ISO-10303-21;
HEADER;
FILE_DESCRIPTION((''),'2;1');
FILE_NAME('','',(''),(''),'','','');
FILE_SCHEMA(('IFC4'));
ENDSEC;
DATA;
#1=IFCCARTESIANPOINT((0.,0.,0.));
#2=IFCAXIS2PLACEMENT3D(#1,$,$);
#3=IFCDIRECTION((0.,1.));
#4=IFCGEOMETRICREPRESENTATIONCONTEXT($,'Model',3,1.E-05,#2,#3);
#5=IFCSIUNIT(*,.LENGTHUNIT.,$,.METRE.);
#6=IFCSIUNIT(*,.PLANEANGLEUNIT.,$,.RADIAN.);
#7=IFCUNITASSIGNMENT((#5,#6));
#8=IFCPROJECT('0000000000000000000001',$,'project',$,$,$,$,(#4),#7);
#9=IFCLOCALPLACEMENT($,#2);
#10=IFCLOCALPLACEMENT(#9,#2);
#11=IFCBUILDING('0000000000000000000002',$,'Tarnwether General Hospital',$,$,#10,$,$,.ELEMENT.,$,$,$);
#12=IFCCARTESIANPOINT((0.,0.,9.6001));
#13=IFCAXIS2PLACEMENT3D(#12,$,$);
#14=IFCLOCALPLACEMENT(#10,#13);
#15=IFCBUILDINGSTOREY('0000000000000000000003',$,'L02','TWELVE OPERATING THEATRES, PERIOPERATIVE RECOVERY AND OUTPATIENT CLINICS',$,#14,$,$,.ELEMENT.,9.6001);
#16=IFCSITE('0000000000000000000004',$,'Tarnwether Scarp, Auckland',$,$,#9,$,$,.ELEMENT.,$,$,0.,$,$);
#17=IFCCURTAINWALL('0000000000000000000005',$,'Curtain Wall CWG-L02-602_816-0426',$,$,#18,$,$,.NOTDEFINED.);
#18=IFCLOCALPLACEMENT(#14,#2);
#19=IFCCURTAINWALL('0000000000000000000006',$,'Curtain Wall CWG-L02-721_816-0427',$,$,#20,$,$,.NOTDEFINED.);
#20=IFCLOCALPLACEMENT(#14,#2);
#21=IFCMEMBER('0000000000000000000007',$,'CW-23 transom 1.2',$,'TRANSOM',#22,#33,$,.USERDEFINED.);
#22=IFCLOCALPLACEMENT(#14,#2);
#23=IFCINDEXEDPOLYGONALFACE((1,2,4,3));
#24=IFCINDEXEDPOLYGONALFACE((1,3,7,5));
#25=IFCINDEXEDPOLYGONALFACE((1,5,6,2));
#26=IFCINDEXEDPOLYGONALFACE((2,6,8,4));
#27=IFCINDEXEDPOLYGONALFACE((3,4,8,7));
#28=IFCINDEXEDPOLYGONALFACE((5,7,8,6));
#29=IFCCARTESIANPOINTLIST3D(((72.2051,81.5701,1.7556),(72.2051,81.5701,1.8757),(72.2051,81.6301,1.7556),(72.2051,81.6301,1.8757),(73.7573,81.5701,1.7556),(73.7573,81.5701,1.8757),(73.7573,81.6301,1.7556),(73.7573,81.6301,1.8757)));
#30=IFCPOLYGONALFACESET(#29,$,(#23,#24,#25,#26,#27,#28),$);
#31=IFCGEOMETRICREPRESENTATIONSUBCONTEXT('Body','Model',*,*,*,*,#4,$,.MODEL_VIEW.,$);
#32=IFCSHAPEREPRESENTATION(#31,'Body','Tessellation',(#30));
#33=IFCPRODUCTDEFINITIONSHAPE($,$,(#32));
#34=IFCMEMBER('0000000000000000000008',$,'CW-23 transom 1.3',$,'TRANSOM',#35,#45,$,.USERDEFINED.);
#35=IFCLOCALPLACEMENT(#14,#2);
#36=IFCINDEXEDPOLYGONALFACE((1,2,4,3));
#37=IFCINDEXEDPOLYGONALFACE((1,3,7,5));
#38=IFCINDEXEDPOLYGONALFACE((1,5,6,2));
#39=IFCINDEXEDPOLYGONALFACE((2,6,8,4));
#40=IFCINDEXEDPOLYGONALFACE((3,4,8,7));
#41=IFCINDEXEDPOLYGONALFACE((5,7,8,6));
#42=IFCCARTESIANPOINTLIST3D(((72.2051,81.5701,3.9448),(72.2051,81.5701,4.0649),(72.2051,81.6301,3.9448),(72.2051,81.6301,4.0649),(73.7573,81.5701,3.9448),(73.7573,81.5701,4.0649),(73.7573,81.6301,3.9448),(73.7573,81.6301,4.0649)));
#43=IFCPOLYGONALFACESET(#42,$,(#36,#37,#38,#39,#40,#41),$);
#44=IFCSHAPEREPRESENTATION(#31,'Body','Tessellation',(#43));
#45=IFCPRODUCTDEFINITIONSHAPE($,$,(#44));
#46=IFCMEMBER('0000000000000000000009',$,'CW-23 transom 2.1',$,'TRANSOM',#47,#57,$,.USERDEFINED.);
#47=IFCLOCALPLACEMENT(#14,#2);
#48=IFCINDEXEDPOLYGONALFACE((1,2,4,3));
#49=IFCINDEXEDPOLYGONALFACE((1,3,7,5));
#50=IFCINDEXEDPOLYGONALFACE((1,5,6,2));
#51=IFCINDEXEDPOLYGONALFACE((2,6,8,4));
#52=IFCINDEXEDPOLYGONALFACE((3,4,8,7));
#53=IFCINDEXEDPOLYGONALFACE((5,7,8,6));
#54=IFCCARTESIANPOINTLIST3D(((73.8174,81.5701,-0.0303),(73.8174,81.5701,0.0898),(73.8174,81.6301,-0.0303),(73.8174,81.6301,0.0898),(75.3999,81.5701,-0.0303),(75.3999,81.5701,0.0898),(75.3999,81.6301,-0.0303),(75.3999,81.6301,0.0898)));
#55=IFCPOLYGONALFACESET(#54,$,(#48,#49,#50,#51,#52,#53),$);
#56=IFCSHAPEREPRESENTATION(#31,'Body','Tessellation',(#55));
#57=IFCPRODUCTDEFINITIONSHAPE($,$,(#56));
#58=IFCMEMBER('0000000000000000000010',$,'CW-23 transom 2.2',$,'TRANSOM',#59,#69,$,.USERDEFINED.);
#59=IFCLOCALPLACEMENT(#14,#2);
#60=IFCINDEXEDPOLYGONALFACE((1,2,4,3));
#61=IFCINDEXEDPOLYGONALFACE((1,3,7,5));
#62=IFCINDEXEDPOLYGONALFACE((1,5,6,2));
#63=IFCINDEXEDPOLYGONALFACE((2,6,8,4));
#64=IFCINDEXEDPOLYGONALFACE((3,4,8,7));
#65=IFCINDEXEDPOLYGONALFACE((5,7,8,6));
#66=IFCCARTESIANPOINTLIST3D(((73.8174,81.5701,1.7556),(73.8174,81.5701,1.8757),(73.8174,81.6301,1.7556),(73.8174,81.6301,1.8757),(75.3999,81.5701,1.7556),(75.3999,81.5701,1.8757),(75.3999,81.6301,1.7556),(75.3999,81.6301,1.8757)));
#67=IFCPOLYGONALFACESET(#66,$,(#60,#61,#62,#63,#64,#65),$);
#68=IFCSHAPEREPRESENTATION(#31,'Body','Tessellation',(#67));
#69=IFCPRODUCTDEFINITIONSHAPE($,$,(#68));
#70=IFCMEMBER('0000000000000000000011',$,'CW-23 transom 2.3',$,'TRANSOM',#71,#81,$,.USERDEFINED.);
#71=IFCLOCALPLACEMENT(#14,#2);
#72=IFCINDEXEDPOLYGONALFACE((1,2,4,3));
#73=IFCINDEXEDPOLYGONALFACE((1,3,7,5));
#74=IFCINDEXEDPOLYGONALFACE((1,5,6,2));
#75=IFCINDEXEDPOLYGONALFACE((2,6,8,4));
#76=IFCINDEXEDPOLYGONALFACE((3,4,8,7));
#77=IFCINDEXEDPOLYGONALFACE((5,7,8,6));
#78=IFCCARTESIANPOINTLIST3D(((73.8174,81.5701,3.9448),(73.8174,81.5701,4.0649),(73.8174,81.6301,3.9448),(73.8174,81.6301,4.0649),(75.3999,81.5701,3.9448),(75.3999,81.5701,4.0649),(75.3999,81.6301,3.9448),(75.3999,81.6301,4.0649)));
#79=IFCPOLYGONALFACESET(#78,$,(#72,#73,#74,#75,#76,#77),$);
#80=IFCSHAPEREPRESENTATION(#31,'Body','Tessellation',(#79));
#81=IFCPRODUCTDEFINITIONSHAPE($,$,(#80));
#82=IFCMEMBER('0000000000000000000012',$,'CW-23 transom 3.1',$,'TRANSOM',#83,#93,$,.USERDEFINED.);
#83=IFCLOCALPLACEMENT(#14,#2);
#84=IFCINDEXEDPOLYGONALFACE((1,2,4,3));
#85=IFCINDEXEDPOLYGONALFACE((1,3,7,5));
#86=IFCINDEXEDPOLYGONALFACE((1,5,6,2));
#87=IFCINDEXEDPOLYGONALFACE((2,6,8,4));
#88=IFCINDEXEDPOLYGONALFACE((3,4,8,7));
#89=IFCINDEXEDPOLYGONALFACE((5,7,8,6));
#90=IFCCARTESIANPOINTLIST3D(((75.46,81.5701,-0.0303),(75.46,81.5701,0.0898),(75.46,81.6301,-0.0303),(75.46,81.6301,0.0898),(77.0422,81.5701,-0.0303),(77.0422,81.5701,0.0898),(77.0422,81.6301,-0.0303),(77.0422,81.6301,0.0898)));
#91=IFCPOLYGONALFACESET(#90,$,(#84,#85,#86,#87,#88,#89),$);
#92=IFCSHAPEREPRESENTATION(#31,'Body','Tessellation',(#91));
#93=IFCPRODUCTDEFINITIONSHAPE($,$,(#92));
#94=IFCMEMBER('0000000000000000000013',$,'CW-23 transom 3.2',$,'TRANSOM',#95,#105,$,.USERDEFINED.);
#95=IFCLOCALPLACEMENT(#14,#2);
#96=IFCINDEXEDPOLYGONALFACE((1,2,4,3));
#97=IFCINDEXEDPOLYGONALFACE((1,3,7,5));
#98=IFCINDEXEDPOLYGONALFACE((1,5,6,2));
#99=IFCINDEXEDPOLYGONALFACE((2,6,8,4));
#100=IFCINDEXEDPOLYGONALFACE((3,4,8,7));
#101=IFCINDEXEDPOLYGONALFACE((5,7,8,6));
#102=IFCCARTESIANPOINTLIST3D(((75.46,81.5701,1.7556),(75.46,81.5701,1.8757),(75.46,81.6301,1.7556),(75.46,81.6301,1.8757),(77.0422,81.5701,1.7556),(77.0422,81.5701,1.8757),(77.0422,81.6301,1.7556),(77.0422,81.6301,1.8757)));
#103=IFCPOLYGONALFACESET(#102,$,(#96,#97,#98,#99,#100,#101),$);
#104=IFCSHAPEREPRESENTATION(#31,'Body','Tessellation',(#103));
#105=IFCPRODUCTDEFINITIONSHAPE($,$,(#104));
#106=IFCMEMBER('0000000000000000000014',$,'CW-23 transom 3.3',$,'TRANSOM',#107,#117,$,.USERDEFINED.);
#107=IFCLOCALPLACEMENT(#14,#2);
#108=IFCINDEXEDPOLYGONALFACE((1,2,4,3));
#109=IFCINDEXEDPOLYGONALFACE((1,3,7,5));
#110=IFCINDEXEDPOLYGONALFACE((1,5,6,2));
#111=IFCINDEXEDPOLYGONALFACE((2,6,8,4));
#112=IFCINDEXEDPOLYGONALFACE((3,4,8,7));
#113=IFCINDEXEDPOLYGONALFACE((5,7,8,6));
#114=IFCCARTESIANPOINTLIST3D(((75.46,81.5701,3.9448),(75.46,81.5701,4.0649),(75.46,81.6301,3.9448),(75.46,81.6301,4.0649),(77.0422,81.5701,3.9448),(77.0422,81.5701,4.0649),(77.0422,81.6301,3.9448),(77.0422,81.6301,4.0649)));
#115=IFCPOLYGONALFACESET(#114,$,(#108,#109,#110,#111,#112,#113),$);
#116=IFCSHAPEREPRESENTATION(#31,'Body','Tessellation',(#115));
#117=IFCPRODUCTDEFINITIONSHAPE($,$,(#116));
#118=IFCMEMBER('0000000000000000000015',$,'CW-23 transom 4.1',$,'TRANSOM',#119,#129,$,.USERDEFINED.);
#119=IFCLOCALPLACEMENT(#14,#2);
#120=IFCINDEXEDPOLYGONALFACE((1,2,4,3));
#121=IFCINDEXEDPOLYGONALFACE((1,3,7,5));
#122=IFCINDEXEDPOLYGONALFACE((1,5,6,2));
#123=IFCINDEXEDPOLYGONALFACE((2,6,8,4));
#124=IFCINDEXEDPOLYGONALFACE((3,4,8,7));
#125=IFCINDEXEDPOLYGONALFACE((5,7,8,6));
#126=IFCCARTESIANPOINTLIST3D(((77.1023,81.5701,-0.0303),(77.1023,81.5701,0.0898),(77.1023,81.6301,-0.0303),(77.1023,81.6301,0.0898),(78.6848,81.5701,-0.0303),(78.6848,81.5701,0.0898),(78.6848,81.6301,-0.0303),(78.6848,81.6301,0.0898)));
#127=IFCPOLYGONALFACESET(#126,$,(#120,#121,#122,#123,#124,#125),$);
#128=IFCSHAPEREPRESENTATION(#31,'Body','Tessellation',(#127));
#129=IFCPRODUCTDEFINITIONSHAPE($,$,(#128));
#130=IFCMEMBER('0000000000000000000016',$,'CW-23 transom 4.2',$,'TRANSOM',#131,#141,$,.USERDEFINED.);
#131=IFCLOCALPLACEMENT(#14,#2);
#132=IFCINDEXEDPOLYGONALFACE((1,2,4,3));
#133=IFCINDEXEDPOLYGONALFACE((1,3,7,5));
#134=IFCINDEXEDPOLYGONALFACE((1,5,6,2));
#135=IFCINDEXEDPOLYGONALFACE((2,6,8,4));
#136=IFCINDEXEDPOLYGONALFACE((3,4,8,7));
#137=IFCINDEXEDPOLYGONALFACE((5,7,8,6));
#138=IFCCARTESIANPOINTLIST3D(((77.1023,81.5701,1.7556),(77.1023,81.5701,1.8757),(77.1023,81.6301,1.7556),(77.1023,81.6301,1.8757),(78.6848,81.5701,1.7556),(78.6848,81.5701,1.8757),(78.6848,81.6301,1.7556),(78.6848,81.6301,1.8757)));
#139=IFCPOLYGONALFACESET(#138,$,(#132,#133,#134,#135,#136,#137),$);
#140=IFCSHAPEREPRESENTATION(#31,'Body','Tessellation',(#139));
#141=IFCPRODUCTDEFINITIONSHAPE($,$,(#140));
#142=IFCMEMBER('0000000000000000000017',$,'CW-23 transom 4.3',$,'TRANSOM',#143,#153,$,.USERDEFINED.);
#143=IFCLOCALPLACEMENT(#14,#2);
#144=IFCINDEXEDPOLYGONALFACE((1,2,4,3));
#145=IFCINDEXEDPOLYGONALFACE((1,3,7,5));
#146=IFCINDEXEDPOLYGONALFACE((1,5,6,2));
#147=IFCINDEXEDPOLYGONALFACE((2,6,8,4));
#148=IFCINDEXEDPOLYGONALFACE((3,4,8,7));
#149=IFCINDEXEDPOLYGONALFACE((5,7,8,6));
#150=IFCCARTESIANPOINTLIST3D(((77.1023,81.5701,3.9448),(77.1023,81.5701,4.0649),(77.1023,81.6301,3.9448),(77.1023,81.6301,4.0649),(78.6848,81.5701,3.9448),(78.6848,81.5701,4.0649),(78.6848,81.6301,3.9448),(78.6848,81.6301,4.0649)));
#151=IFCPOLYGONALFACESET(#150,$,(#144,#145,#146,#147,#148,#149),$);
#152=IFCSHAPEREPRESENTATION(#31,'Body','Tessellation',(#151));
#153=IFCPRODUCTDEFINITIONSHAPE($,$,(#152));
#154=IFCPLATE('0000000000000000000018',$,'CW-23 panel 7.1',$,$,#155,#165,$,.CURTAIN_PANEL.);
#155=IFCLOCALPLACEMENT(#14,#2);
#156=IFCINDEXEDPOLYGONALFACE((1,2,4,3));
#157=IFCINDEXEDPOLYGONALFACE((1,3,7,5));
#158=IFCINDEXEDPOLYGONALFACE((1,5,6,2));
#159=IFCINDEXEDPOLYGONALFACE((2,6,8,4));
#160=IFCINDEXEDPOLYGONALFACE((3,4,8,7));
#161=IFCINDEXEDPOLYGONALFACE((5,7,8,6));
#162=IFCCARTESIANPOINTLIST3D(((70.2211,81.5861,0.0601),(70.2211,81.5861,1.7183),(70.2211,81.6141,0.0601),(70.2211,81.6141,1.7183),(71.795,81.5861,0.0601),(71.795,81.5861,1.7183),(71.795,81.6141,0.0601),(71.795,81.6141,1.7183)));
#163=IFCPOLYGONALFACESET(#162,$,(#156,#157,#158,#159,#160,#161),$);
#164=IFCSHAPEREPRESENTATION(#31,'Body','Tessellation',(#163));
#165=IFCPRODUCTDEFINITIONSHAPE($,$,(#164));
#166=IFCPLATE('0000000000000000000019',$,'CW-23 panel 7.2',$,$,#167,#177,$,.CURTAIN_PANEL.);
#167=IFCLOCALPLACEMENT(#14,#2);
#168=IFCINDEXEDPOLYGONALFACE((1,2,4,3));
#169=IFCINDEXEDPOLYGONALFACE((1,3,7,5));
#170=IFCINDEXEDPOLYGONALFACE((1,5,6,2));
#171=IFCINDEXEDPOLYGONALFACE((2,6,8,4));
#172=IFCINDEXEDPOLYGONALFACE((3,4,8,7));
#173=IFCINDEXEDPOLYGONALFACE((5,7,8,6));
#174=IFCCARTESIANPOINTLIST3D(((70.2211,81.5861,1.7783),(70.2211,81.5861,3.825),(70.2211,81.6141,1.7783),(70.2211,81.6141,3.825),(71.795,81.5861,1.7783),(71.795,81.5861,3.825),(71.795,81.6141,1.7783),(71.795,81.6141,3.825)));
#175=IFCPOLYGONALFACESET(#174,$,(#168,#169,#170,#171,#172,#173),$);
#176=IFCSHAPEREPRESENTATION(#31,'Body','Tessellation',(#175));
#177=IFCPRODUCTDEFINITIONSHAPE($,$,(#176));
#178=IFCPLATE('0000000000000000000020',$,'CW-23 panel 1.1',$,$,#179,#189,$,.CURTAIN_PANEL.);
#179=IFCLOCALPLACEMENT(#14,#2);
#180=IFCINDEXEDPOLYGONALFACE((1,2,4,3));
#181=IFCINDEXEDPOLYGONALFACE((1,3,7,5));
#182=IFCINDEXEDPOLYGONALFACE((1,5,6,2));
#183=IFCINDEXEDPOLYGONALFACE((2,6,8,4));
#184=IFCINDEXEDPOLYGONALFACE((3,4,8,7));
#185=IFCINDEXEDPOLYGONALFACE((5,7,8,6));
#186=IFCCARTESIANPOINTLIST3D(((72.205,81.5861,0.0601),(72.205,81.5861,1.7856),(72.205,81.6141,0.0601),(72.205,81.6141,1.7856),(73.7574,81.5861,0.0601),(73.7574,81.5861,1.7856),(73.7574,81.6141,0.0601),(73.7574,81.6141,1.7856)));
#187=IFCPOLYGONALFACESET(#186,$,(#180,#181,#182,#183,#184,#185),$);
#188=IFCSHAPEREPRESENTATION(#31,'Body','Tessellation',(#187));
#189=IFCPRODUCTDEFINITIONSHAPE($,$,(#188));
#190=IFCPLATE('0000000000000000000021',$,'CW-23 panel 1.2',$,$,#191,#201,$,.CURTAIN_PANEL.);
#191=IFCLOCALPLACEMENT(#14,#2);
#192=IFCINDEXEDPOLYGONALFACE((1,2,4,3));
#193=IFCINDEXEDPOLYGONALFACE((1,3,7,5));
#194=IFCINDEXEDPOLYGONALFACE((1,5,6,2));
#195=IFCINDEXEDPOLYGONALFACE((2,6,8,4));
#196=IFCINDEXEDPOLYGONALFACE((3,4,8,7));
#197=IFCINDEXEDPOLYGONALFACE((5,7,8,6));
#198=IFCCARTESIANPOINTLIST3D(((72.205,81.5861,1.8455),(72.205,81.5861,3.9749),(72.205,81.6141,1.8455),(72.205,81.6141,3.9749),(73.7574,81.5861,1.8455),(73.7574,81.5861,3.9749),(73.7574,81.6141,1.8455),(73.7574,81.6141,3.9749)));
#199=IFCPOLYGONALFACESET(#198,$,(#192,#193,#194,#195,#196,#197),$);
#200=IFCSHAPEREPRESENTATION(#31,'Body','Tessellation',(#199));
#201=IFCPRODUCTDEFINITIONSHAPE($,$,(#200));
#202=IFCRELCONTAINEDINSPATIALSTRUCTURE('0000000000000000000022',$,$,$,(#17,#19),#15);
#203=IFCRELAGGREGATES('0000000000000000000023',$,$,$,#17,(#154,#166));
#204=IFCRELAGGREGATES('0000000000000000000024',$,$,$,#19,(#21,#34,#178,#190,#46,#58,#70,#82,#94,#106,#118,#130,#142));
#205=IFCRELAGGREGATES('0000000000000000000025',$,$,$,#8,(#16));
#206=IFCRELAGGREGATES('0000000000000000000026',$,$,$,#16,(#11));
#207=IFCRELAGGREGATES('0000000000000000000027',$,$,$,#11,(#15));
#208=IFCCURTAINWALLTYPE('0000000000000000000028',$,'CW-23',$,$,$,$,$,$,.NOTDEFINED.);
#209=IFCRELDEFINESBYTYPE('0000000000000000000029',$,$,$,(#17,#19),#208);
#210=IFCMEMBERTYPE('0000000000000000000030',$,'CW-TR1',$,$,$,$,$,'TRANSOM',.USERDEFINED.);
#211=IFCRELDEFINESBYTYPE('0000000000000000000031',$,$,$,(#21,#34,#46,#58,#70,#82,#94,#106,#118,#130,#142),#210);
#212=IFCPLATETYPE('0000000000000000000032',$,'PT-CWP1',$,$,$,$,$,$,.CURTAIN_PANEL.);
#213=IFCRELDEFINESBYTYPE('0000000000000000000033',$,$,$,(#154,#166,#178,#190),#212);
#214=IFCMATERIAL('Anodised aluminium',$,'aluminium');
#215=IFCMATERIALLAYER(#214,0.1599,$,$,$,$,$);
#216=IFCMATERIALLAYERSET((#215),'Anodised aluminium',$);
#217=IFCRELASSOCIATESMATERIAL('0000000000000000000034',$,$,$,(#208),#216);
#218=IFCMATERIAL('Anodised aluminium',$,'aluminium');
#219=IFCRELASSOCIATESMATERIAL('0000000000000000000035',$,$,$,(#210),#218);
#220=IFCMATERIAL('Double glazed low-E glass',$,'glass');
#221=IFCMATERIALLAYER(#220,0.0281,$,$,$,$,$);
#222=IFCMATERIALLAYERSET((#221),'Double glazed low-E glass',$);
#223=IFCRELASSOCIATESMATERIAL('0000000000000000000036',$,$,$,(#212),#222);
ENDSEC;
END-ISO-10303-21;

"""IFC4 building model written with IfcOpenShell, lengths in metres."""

from ifc_helpers import new_model, si_unit, direction, frame, origin, origin_2d, place, context, subcontext, project, spatial, rectangle, extrude, material, layer, layer_set, material_profile, profile_set, type_object, element, aggregate, save


model = new_model("IFC4")

# Units and contexts
model_context = context("Model", 3, precision=1e-05, world=origin(), true_north=direction((0.0, 1.0)))
body_context = subcontext(model_context, "Body", "Model", "MODEL_VIEW")
ifc_project = project(units=[si_unit("LENGTHUNIT", "METRE"), si_unit("PLANEANGLEUNIT", "RADIAN")], contexts=[model_context])

# Site, building, storey
site_placement = place(None, origin())
site = spatial("IfcSite", under=ifc_project, at=site_placement, Name="Tarnwether Scarp, Auckland", CompositionType="ELEMENT", RefElevation=0.0)
building_placement = place(site_placement, origin())
building = spatial("IfcBuilding", under=site, at=building_placement, Name="Tarnwether General Hospital", CompositionType="ELEMENT")
storey_placement = place(building_placement, frame((0.0, 0.0, 9.6001)))
storey = spatial("IfcBuildingStorey", under=building, at=storey_placement, Name="L02", Description="TWELVE OPERATING THEATRES, PERIOPERATIVE RECOVERY AND OUTPATIENT CLINICS", CompositionType="ELEMENT", Elevation=9.6001)

# Curtain wall
ifc_material_1 = material(Name="Anodised aluminium", Category="aluminium")
ifc_layer_1 = layer(ifc_material_1, 0.1599)
ifc_layer_set_1 = layer_set([ifc_layer_1], Name="Anodised aluminium")
curtain_wall_type = type_object("IfcCurtainWallType", Name="CW-23", PredefinedType="NOTDEFINED", material=ifc_layer_set_1)
curtain_wall_1_placement = place(storey_placement, origin())
curtain_wall_1 = element("IfcCurtainWall", 1, at=curtain_wall_1_placement, inside=storey, type_object=curtain_wall_type, Name="Curtain Wall CWG-L02-602_816-0426", PredefinedType="NOTDEFINED")

# Curtain wall, members
curtain_wall_2_placement = place(storey_placement, origin())
curtain_wall_2 = element("IfcCurtainWall", 2, at=curtain_wall_2_placement, inside=storey, type_object=curtain_wall_type, Name="Curtain Wall CWG-L02-721_816-0427", PredefinedType="NOTDEFINED")
ifc_material_2 = material(Name="Anodised aluminium", Category="aluminium")
ifc_material_profile_1 = material_profile(ifc_material_2, rectangle(XDim=0.0601, YDim=0.1201, at=origin_2d()), Name="ALU-TRN-60x120")
ifc_profile_set_1 = profile_set([ifc_material_profile_1], Name="Anodised aluminium")
member_type_1 = type_object("IfcMemberType", Name="CW-TR1", ElementType="TRANSOM", PredefinedType="USERDEFINED", material=ifc_profile_set_1)
member_1_placement = place(storey_placement, frame((72.2051, 81.6001, 1.8157), z_axis=(1.0, 0.0, 0.0), x_axis=(0.0, 1.0, 0.0)))
member_1 = element("IfcMember", 3, at=member_1_placement, type_object=member_type_1, Name="CW-23 transom 1.2", ObjectType="TRANSOM", PredefinedType="USERDEFINED", context=body_context, shape_type="SweptSolid", body=[
    extrude(rectangle(XDim=0.0601, YDim=0.1201, at=origin_2d()), origin(), (0.0, 0.0, 1.0), 1.5522),
])
member_2_placement = place(storey_placement, frame((72.2051, 81.6001, 4.0049), z_axis=(1.0, 0.0, 0.0), x_axis=(0.0, 1.0, 0.0)))
member_2 = element("IfcMember", 4, at=member_2_placement, type_object=member_type_1, Name="CW-23 transom 1.3", ObjectType="TRANSOM", PredefinedType="USERDEFINED", context=body_context, shape_type="SweptSolid", body=[
    extrude(rectangle(XDim=0.0601, YDim=0.1201, at=origin_2d()), origin(), (0.0, 0.0, 1.0), 1.5522),
])
member_3_placement = place(storey_placement, frame((73.8174, 81.6001, 0.0298), z_axis=(1.0, 0.0, 0.0), x_axis=(0.0, 1.0, 0.0)))
member_3 = element("IfcMember", 5, at=member_3_placement, type_object=member_type_1, Name="CW-23 transom 2.1", ObjectType="TRANSOM", PredefinedType="USERDEFINED", context=body_context, shape_type="SweptSolid", body=[
    extrude(rectangle(XDim=0.0601, YDim=0.1201, at=origin_2d()), origin(), (0.0, 0.0, 1.0), 1.5825),
])
member_4_placement = place(storey_placement, frame((73.8174, 81.6001, 1.8157), z_axis=(1.0, 0.0, 0.0), x_axis=(0.0, 1.0, 0.0)))
member_4 = element("IfcMember", 6, at=member_4_placement, type_object=member_type_1, Name="CW-23 transom 2.2", ObjectType="TRANSOM", PredefinedType="USERDEFINED", context=body_context, shape_type="SweptSolid", body=[
    extrude(rectangle(XDim=0.0601, YDim=0.1201, at=origin_2d()), origin(), (0.0, 0.0, 1.0), 1.5825),
])
member_5_placement = place(storey_placement, frame((73.8174, 81.6001, 4.0049), z_axis=(1.0, 0.0, 0.0), x_axis=(0.0, 1.0, 0.0)))
member_5 = element("IfcMember", 7, at=member_5_placement, type_object=member_type_1, Name="CW-23 transom 2.3", ObjectType="TRANSOM", PredefinedType="USERDEFINED", context=body_context, shape_type="SweptSolid", body=[
    extrude(rectangle(XDim=0.0601, YDim=0.1201, at=origin_2d()), origin(), (0.0, 0.0, 1.0), 1.5825),
])
member_6_placement = place(storey_placement, frame((75.46, 81.6001, 0.0298), z_axis=(1.0, 0.0, 0.0), x_axis=(0.0, 1.0, 0.0)))
member_6 = element("IfcMember", 8, at=member_6_placement, type_object=member_type_1, Name="CW-23 transom 3.1", ObjectType="TRANSOM", PredefinedType="USERDEFINED", context=body_context, shape_type="SweptSolid", body=[
    extrude(rectangle(XDim=0.0601, YDim=0.1201, at=origin_2d()), origin(), (0.0, 0.0, 1.0), 1.5823),
])
member_7_placement = place(storey_placement, frame((75.46, 81.6001, 1.8157), z_axis=(1.0, 0.0, 0.0), x_axis=(0.0, 1.0, 0.0)))
member_7 = element("IfcMember", 9, at=member_7_placement, type_object=member_type_1, Name="CW-23 transom 3.2", ObjectType="TRANSOM", PredefinedType="USERDEFINED", context=body_context, shape_type="SweptSolid", body=[
    extrude(rectangle(XDim=0.0601, YDim=0.1201, at=origin_2d()), origin(), (0.0, 0.0, 1.0), 1.5823),
])
member_8_placement = place(storey_placement, frame((75.46, 81.6001, 4.0049), z_axis=(1.0, 0.0, 0.0), x_axis=(0.0, 1.0, 0.0)))
member_8 = element("IfcMember", 10, at=member_8_placement, type_object=member_type_1, Name="CW-23 transom 3.3", ObjectType="TRANSOM", PredefinedType="USERDEFINED", context=body_context, shape_type="SweptSolid", body=[
    extrude(rectangle(XDim=0.0601, YDim=0.1201, at=origin_2d()), origin(), (0.0, 0.0, 1.0), 1.5823),
])
member_9_placement = place(storey_placement, frame((77.1023, 81.6001, 0.0298), z_axis=(1.0, 0.0, 0.0), x_axis=(0.0, 1.0, 0.0)))
member_9 = element("IfcMember", 11, at=member_9_placement, type_object=member_type_1, Name="CW-23 transom 4.1", ObjectType="TRANSOM", PredefinedType="USERDEFINED", context=body_context, shape_type="SweptSolid", body=[
    extrude(rectangle(XDim=0.0601, YDim=0.1201, at=origin_2d()), origin(), (0.0, 0.0, 1.0), 1.5825),
])
member_10_placement = place(storey_placement, frame((77.1023, 81.6001, 1.8157), z_axis=(1.0, 0.0, 0.0), x_axis=(0.0, 1.0, 0.0)))
member_10 = element("IfcMember", 12, at=member_10_placement, type_object=member_type_1, Name="CW-23 transom 4.2", ObjectType="TRANSOM", PredefinedType="USERDEFINED", context=body_context, shape_type="SweptSolid", body=[
    extrude(rectangle(XDim=0.0601, YDim=0.1201, at=origin_2d()), origin(), (0.0, 0.0, 1.0), 1.5825),
])
member_11_placement = place(storey_placement, frame((77.1023, 81.6001, 4.0049), z_axis=(1.0, 0.0, 0.0), x_axis=(0.0, 1.0, 0.0)))
member_11 = element("IfcMember", 13, at=member_11_placement, type_object=member_type_1, Name="CW-23 transom 4.3", ObjectType="TRANSOM", PredefinedType="USERDEFINED", context=body_context, shape_type="SweptSolid", body=[
    extrude(rectangle(XDim=0.0601, YDim=0.1201, at=origin_2d()), origin(), (0.0, 0.0, 1.0), 1.5825),
])

# Plates
ifc_material_3 = material(Name="Double glazed low-E glass", Category="glass")
ifc_layer_2 = layer(ifc_material_3, 0.0281)
ifc_layer_set_2 = layer_set([ifc_layer_2], Name="Double glazed low-E glass")
plate_type_1 = type_object("IfcPlateType", Name="PT-CWP1", PredefinedType="CURTAIN_PANEL", material=ifc_layer_set_2)
plate_1_placement = place(storey_placement, frame((71.0081, 81.6001, 0.0601), z_axis=(0.0, 0.0, 1.0), x_axis=(1.0, 0.0, 0.0)))
plate_1 = element("IfcPlate", 14, at=plate_1_placement, type_object=plate_type_1, Name="CW-23 panel 7.1", PredefinedType="CURTAIN_PANEL", context=body_context, shape_type="SweptSolid", body=[
    extrude(rectangle(XDim=1.574, YDim=0.0281, at=origin_2d()), origin(), (0.0, 0.0, 1.0), 1.6582),
])
plate_2_placement = place(storey_placement, frame((71.0081, 81.6001, 1.7783), z_axis=(0.0, 0.0, 1.0), x_axis=(1.0, 0.0, 0.0)))
plate_2 = element("IfcPlate", 15, at=plate_2_placement, type_object=plate_type_1, Name="CW-23 panel 7.2", PredefinedType="CURTAIN_PANEL", context=body_context, shape_type="SweptSolid", body=[
    extrude(rectangle(XDim=1.574, YDim=0.0281, at=origin_2d()), origin(), (0.0, 0.0, 1.0), 2.0466),
])
aggregate(curtain_wall_1, [plate_1, plate_2])
plate_3_placement = place(storey_placement, frame((72.9812, 81.6001, 0.0601), z_axis=(0.0, 0.0, 1.0), x_axis=(1.0, 0.0, 0.0)))
plate_3 = element("IfcPlate", 16, at=plate_3_placement, type_object=plate_type_1, Name="CW-23 panel 1.1", PredefinedType="CURTAIN_PANEL", context=body_context, shape_type="SweptSolid", body=[
    extrude(rectangle(XDim=1.5525, YDim=0.0281, at=origin_2d()), origin(), (0.0, 0.0, 1.0), 1.7256),
])
plate_4_placement = place(storey_placement, frame((72.9812, 81.6001, 1.8455), z_axis=(0.0, 0.0, 1.0), x_axis=(1.0, 0.0, 0.0)))
plate_4 = element("IfcPlate", 17, at=plate_4_placement, type_object=plate_type_1, Name="CW-23 panel 1.2", PredefinedType="CURTAIN_PANEL", context=body_context, shape_type="SweptSolid", body=[
    extrude(rectangle(XDim=1.5525, YDim=0.0281, at=origin_2d()), origin(), (0.0, 0.0, 1.0), 2.1294),
])
aggregate(curtain_wall_2, [member_1, member_2, plate_3, plate_4, member_3, member_4, member_5, member_6, member_7, member_8, member_9, member_10, member_11])

save(model, "model.ifc")
